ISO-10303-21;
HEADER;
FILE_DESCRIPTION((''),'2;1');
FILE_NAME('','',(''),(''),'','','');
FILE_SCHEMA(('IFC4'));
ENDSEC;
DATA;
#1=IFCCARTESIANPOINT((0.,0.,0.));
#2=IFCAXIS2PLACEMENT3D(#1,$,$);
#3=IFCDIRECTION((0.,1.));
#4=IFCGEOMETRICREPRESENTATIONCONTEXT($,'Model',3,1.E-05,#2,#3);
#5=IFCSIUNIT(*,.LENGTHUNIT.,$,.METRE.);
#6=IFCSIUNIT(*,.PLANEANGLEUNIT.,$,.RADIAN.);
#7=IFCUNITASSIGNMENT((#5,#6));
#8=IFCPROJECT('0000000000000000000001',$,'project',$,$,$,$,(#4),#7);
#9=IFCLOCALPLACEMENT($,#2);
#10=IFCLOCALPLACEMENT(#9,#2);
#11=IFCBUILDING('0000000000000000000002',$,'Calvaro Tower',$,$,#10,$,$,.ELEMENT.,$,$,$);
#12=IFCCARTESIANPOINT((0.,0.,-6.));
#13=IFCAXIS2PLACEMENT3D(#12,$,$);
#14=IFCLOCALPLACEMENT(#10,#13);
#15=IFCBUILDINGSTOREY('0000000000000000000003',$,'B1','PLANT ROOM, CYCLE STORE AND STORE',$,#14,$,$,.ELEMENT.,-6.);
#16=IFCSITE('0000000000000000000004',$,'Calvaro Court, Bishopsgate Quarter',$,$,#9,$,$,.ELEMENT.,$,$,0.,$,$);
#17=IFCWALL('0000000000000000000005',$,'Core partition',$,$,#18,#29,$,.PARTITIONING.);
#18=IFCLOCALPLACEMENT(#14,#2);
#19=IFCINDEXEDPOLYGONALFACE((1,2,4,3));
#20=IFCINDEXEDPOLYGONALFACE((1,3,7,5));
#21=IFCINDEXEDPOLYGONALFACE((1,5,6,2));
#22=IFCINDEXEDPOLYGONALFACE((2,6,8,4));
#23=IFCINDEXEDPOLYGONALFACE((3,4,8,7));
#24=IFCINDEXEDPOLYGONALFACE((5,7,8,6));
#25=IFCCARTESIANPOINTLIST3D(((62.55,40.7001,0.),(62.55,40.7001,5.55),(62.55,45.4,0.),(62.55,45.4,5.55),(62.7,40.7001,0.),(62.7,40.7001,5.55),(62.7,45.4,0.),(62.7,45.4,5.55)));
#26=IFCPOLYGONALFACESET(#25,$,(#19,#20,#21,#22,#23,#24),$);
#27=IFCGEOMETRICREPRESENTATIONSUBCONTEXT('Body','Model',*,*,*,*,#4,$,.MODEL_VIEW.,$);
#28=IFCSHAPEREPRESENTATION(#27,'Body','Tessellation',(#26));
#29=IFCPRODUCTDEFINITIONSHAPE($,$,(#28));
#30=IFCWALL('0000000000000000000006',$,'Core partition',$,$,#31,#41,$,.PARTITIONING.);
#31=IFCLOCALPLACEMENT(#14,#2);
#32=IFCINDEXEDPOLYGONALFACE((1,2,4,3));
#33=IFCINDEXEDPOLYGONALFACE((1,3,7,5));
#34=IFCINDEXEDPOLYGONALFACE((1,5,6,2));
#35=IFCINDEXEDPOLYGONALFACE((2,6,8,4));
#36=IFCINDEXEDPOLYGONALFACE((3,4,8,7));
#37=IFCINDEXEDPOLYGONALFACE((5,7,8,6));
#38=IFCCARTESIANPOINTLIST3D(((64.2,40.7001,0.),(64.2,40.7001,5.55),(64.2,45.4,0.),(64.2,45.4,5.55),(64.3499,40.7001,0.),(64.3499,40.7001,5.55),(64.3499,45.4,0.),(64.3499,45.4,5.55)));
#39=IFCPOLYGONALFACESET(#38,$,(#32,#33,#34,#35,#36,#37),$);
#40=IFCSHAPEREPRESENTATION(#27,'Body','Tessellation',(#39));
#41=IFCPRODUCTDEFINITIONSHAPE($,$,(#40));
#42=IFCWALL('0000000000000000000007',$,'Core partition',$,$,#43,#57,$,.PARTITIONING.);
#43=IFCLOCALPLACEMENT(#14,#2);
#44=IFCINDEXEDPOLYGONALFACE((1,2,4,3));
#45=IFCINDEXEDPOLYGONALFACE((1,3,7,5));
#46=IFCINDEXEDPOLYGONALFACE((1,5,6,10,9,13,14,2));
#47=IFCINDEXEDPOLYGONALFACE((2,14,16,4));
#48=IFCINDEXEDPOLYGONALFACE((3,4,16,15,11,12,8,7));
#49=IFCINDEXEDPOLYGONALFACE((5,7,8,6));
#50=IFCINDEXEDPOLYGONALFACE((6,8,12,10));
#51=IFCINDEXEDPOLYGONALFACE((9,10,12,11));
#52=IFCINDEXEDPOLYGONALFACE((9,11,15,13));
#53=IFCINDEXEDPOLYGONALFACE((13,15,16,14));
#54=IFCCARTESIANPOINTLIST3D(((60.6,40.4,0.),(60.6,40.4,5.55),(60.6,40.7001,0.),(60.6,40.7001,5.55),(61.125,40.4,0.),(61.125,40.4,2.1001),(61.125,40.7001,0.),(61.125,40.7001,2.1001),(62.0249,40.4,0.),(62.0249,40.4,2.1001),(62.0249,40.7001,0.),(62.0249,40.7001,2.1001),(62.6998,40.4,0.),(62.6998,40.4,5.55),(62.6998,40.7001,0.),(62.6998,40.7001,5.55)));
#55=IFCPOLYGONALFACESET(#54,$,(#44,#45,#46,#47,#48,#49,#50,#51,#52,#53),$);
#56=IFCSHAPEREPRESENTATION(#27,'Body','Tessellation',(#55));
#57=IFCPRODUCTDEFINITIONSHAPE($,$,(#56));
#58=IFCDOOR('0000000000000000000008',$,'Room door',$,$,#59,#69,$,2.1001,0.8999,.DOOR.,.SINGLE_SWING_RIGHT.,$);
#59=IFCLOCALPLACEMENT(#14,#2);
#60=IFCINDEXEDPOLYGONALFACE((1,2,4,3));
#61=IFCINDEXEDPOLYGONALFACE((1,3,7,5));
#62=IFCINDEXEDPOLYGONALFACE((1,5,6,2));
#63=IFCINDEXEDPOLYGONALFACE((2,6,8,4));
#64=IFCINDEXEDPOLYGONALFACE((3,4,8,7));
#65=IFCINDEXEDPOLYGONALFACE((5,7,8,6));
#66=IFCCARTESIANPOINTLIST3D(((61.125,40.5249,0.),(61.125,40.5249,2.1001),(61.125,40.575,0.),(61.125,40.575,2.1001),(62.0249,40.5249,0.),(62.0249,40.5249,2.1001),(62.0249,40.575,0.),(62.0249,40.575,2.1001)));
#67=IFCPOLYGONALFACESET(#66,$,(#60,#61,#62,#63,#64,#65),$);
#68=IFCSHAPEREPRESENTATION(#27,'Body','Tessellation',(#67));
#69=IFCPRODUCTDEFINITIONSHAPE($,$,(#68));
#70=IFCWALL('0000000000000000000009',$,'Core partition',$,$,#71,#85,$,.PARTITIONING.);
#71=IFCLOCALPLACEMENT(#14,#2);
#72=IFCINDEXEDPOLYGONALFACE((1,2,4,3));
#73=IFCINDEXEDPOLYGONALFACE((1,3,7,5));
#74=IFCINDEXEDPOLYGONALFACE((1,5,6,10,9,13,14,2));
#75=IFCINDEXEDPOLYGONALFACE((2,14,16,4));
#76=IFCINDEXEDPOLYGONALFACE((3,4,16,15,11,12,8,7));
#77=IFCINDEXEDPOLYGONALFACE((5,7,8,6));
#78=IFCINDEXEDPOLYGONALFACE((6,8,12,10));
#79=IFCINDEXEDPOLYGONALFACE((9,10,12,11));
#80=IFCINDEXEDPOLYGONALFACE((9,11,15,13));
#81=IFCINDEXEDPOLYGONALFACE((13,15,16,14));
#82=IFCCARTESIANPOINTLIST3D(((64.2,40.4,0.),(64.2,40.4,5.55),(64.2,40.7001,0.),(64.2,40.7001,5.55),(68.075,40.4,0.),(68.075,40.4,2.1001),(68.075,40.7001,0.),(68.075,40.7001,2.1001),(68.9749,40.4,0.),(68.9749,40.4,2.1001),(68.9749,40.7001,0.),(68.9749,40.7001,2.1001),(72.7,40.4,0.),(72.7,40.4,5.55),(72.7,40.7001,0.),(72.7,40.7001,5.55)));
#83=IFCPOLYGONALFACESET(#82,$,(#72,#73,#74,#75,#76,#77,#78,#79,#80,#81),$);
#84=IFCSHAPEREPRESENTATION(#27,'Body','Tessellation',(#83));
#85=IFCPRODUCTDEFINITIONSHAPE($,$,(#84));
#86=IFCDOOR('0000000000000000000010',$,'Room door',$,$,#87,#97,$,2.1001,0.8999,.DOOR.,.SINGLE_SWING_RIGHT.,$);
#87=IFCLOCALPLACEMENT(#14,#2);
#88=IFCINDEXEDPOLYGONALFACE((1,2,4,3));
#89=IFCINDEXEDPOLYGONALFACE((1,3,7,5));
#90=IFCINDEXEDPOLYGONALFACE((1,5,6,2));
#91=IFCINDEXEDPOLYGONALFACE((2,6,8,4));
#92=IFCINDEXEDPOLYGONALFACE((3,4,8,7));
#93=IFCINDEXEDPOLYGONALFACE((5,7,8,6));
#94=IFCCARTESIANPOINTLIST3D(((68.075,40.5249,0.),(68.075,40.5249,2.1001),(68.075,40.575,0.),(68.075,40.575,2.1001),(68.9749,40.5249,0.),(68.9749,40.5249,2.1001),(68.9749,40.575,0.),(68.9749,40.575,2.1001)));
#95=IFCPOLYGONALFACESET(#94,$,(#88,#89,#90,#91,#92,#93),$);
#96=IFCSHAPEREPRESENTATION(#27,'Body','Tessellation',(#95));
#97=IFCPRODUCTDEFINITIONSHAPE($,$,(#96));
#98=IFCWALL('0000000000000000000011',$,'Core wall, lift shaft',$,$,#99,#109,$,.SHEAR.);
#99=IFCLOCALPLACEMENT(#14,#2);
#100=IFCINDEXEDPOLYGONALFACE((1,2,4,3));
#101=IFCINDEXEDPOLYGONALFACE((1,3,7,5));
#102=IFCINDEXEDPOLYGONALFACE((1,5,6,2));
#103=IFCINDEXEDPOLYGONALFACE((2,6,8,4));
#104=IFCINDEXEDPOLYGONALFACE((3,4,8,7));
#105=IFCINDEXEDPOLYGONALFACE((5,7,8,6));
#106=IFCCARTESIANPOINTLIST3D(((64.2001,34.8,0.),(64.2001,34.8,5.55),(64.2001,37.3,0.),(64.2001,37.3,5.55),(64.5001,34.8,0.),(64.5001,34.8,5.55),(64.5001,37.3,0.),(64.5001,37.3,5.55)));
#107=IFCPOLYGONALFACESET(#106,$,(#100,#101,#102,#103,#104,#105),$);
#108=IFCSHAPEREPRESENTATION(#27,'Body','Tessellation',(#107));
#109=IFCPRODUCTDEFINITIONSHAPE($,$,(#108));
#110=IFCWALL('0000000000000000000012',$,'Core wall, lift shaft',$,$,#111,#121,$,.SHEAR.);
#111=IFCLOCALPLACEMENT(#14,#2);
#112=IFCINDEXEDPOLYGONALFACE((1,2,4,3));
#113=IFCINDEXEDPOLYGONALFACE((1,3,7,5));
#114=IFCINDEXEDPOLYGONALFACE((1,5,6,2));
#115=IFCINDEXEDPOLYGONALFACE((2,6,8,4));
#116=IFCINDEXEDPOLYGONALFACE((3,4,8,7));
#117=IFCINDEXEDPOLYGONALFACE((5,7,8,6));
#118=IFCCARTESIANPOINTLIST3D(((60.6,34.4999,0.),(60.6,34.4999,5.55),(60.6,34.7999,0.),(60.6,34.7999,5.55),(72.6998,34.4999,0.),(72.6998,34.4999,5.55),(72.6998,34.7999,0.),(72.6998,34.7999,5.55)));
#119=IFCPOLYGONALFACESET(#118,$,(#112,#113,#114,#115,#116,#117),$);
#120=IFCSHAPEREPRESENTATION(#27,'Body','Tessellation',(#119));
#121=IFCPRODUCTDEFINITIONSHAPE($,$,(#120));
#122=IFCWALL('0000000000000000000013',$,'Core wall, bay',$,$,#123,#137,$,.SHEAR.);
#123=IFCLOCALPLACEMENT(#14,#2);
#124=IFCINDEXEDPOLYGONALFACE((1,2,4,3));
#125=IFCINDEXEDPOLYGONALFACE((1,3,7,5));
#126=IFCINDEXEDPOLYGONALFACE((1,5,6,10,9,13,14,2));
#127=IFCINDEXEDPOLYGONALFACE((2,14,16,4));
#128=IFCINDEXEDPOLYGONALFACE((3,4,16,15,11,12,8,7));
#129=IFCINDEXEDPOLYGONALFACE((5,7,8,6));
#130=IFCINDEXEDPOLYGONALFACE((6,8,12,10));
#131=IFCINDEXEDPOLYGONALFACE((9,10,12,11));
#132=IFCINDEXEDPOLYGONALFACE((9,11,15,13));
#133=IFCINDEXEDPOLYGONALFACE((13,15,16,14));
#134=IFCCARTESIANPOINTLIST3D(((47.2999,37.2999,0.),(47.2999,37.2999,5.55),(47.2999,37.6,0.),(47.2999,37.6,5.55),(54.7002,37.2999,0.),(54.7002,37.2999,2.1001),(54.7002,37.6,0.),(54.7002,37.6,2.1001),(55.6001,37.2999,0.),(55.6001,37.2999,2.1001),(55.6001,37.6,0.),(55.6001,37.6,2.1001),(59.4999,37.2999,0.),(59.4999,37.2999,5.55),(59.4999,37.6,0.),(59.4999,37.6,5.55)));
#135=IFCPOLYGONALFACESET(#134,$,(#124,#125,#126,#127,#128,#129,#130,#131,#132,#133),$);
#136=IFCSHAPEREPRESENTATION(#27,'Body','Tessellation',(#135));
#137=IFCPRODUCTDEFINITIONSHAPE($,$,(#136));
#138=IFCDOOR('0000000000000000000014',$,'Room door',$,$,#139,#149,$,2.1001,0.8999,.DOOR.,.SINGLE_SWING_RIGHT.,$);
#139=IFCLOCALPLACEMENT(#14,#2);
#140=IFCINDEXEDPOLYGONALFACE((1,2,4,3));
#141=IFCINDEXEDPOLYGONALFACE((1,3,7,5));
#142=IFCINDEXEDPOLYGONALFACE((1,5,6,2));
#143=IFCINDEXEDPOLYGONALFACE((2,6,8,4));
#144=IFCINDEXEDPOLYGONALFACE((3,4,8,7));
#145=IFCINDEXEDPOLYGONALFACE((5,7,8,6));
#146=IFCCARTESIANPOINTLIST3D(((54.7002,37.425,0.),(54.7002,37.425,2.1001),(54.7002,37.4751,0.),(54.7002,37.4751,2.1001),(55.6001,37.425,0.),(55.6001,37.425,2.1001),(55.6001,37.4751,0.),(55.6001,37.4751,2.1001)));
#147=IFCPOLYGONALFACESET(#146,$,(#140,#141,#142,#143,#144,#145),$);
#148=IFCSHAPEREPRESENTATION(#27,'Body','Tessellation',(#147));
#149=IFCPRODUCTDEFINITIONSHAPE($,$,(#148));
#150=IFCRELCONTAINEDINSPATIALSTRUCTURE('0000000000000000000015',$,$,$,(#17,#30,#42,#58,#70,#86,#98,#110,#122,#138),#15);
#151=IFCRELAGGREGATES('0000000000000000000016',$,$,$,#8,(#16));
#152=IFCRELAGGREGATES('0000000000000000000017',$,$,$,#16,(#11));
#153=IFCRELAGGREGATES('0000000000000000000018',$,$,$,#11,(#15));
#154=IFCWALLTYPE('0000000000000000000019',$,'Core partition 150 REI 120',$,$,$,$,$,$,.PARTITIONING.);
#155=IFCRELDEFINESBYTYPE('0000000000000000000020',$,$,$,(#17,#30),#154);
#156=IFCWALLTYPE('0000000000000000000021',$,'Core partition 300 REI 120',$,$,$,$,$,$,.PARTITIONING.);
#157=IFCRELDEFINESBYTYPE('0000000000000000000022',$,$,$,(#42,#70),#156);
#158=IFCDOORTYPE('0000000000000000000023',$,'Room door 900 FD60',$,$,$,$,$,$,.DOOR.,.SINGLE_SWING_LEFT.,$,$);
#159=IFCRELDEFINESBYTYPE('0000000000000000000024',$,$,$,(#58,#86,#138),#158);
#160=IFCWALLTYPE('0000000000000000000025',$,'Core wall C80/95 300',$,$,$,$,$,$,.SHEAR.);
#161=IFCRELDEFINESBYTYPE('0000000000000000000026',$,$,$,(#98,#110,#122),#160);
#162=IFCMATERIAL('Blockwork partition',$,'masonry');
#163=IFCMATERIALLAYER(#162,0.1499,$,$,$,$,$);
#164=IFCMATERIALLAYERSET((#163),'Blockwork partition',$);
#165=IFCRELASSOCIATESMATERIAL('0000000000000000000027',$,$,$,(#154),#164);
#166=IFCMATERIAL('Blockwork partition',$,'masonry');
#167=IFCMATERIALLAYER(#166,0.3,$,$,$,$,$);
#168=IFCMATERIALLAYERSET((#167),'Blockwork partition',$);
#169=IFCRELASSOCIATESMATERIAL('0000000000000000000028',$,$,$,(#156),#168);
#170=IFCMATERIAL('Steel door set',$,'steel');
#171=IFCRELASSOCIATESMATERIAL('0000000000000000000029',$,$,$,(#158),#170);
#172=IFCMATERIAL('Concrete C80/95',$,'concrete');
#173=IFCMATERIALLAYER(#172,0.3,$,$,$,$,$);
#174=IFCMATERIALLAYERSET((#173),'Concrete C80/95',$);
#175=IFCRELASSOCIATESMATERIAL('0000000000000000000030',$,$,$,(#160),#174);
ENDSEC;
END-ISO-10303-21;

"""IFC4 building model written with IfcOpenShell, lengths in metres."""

from ifc_helpers import new_model, si_unit, direction, frame, frame_2d, origin, place, context, subcontext, project, spatial, rectangle, extrude, material, layer, layer_set, type_object, element, fill, save


model = new_model("IFC4")

# Units and contexts
model_context = context("Model", 3, precision=1e-05, world=origin(), true_north=direction((0.0, 1.0)))
body_context = subcontext(model_context, "Body", "Model", "MODEL_VIEW")
ifc_project = project(units=[si_unit("LENGTHUNIT", "METRE"), si_unit("PLANEANGLEUNIT", "RADIAN")], contexts=[model_context])

# Site, building, storey
site_placement = place(None, origin())
site = spatial("IfcSite", under=ifc_project, at=site_placement, Name="Calvaro Court, Bishopsgate Quarter", CompositionType="ELEMENT", RefElevation=0.0)
building_placement = place(site_placement, origin())
building = spatial("IfcBuilding", under=site, at=building_placement, Name="Calvaro Tower", CompositionType="ELEMENT")
storey_placement = place(building_placement, frame((0.0, 0.0, -6.0)))
storey = spatial("IfcBuildingStorey", under=building, at=storey_placement, Name="B1", Description="PLANT ROOM, CYCLE STORE AND STORE", CompositionType="ELEMENT", Elevation=-6.0)

# Walls
ifc_material_1 = material(Name="Blockwork partition", Category="masonry")
ifc_layer_1 = layer(ifc_material_1, 0.1499)
ifc_layer_set_1 = layer_set([ifc_layer_1], Name="Blockwork partition")
wall_type_1 = type_object("IfcWallType", Name="Core partition 150 REI 120", PredefinedType="PARTITIONING", material=ifc_layer_set_1)
for number, where, z_axis, x_axis, name in (
    (1, (62.625, 40.7, 0.0), (0.0, 0.0, 1.0), (0.0, 1.0, 0.0), "Core partition"),
    (2, (64.2749, 40.7, 0.0), (0.0, 0.0, 1.0), (0.0, 1.0, 0.0), "Core partition"),
):
    element("IfcWall", number, at=place(storey_placement, frame(where, z_axis=z_axis, x_axis=x_axis)), inside=storey, type_object=wall_type_1, Name=name, PredefinedType="PARTITIONING", context=body_context, shape_type="SweptSolid", body=[
        extrude(rectangle(XDim=4.7, YDim=0.1499, at=frame_2d((2.3501, 0.0))), origin(), (0.0, 0.0, 1.0), 5.55),
    ])

# Walls, openings, doors
ifc_material_2 = material(Name="Blockwork partition", Category="masonry")
ifc_layer_2 = layer(ifc_material_2, 0.3)
ifc_layer_set_2 = layer_set([ifc_layer_2], Name="Blockwork partition")
wall_type_2 = type_object("IfcWallType", Name="Core partition 300 REI 120", PredefinedType="PARTITIONING", material=ifc_layer_set_2)
wall_1_placement = place(storey_placement, frame((60.6001, 40.55, 0.0), z_axis=(0.0, 0.0, 1.0), x_axis=(1.0, 0.0, 0.0)))
wall_1 = element("IfcWall", 3, at=wall_1_placement, inside=storey, type_object=wall_type_2, Name="Core partition", PredefinedType="PARTITIONING", context=body_context, shape_type="SweptSolid", body=[
    extrude(rectangle(XDim=2.0999, YDim=0.3, at=frame_2d((1.0498, 0.0))), origin(), (0.0, 0.0, 1.0), 5.55),
])
opening_1_placement = place(wall_1_placement, frame((0.5249, 0.0, 0.0)))
opening_1 = element("IfcOpeningElement", 4, at=opening_1_placement, cuts=wall_1, PredefinedType="OPENING", context=body_context, shape_type="SweptSolid", body=[
    extrude(rectangle(XDim=0.8999, YDim=2.1001, at=frame_2d((0.45, 1.05))), frame((0.0, 0.1599, 0.0), z_axis=(0.0, -1.0, 0.0), x_axis=(1.0, 0.0, 0.0)), (0.0, 0.0, 1.0), 0.3201),
])
ifc_material_3 = material(Name="Steel door set", Category="steel")
door_type_1 = type_object("IfcDoorType", Name="Room door 900 FD60", OperationType="SINGLE_SWING_LEFT", PredefinedType="DOOR", material=ifc_material_3)
door_1_placement = place(opening_1_placement, origin())
door_1 = element("IfcDoor", 5, at=door_1_placement, inside=storey, type_object=door_type_1, Name="Room door", OperationType="SINGLE_SWING_RIGHT", OverallHeight=2.1001, OverallWidth=0.8999, PredefinedType="DOOR", context=body_context, shape_type="SweptSolid", body=[
    extrude(rectangle(XDim=0.8999, YDim=2.1001, at=frame_2d((0.45, 1.05))), frame((0.0, 0.0249, 0.0), z_axis=(0.0, -1.0, 0.0), x_axis=(1.0, 0.0, 0.0)), (0.0, 0.0, 1.0), 0.05),
])
fill(opening_1, door_1)
wall_2_placement = place(storey_placement, frame((64.2, 40.55, 0.0), z_axis=(0.0, 0.0, 1.0), x_axis=(1.0, 0.0, 0.0)))
wall_2 = element("IfcWall", 6, at=wall_2_placement, inside=storey, type_object=wall_type_2, Name="Core partition", PredefinedType="PARTITIONING", context=body_context, shape_type="SweptSolid", body=[
    extrude(rectangle(XDim=8.5, YDim=0.3, at=frame_2d((4.25, 0.0))), origin(), (0.0, 0.0, 1.0), 5.55),
])
opening_2_placement = place(wall_2_placement, frame((3.875, 0.0, 0.0)))
opening_2 = element("IfcOpeningElement", 7, at=opening_2_placement, cuts=wall_2, PredefinedType="OPENING", context=body_context, shape_type="SweptSolid", body=[
    extrude(rectangle(XDim=0.8999, YDim=2.1001, at=frame_2d((0.45, 1.05))), frame((0.0, 0.1599, 0.0), z_axis=(0.0, -1.0, 0.0), x_axis=(1.0, 0.0, 0.0)), (0.0, 0.0, 1.0), 0.3201),
])
door_2_placement = place(opening_2_placement, origin())
door_2 = element("IfcDoor", 8, at=door_2_placement, inside=storey, type_object=door_type_1, Name="Room door", OperationType="SINGLE_SWING_RIGHT", OverallHeight=2.1001, OverallWidth=0.8999, PredefinedType="DOOR", context=body_context, shape_type="SweptSolid", body=[
    extrude(rectangle(XDim=0.8999, YDim=2.1001, at=frame_2d((0.45, 1.05))), frame((0.0, 0.0249, 0.0), z_axis=(0.0, -1.0, 0.0), x_axis=(1.0, 0.0, 0.0)), (0.0, 0.0, 1.0), 0.05),
])
fill(opening_2, door_2)

# Walls
ifc_material_4 = material(Name="Concrete C80/95", Category="concrete")
ifc_layer_3 = layer(ifc_material_4, 0.3)
ifc_layer_set_3 = layer_set([ifc_layer_3], Name="Concrete C80/95")
wall_type_3 = type_object("IfcWallType", Name="Core wall C80/95 300", PredefinedType="SHEAR", material=ifc_layer_set_3)
wall_3_placement = place(storey_placement, frame((64.3501, 34.8, 0.0), z_axis=(0.0, 0.0, 1.0), x_axis=(0.0, 1.0, 0.0)))
element("IfcWall", 9, at=wall_3_placement, inside=storey, type_object=wall_type_3, Name="Core wall, lift shaft", PredefinedType="SHEAR", context=body_context, shape_type="SweptSolid", body=[
    extrude(rectangle(XDim=2.5, YDim=0.3, at=frame_2d((1.25, 0.0))), origin(), (0.0, 0.0, 1.0), 5.55),
])
wall_4_placement = place(storey_placement, frame((60.6001, 34.6499, 0.0), z_axis=(0.0, 0.0, 1.0), x_axis=(1.0, 0.0, 0.0)))
element("IfcWall", 10, at=wall_4_placement, inside=storey, type_object=wall_type_3, Name="Core wall, lift shaft", PredefinedType="SHEAR", context=body_context, shape_type="SweptSolid", body=[
    extrude(rectangle(XDim=12.0999, YDim=0.3, at=frame_2d((6.0498, 0.0))), origin(), (0.0, 0.0, 1.0), 5.55),
])

# Wall, opening, door
wall_5_placement = place(storey_placement, frame((59.5, 37.45, 0.0), z_axis=(0.0, 0.0, 1.0), x_axis=(-1.0, 0.0, 0.0)))
wall_5 = element("IfcWall", 11, at=wall_5_placement, inside=storey, type_object=wall_type_3, Name="Core wall, bay", PredefinedType="SHEAR", context=body_context, shape_type="SweptSolid", body=[
    extrude(rectangle(XDim=12.2, YDim=0.3, at=frame_2d((6.1001, 0.0))), origin(), (0.0, 0.0, 1.0), 5.55),
])
opening_3_placement = place(wall_5_placement, frame((3.8999, 0.0, 0.0)))
opening_3 = element("IfcOpeningElement", 12, at=opening_3_placement, cuts=wall_5, PredefinedType="OPENING", context=body_context, shape_type="SweptSolid", body=[
    extrude(rectangle(XDim=0.8999, YDim=2.1001, at=frame_2d((0.45, 1.05))), frame((0.0, 0.1599, 0.0), z_axis=(0.0, -1.0, 0.0), x_axis=(1.0, 0.0, 0.0)), (0.0, 0.0, 1.0), 0.3201),
])
door_3_placement = place(opening_3_placement, origin())
door_3 = element("IfcDoor", 13, at=door_3_placement, inside=storey, type_object=door_type_1, Name="Room door", OperationType="SINGLE_SWING_RIGHT", OverallHeight=2.1001, OverallWidth=0.8999, PredefinedType="DOOR", context=body_context, shape_type="SweptSolid", body=[
    extrude(rectangle(XDim=0.8999, YDim=2.1001, at=frame_2d((0.45, 1.05))), frame((0.0, 0.0249, 0.0), z_axis=(0.0, -1.0, 0.0), x_axis=(1.0, 0.0, 0.0)), (0.0, 0.0, 1.0), 0.05),
])
fill(opening_3, door_3)

save(model, "model.ifc")
